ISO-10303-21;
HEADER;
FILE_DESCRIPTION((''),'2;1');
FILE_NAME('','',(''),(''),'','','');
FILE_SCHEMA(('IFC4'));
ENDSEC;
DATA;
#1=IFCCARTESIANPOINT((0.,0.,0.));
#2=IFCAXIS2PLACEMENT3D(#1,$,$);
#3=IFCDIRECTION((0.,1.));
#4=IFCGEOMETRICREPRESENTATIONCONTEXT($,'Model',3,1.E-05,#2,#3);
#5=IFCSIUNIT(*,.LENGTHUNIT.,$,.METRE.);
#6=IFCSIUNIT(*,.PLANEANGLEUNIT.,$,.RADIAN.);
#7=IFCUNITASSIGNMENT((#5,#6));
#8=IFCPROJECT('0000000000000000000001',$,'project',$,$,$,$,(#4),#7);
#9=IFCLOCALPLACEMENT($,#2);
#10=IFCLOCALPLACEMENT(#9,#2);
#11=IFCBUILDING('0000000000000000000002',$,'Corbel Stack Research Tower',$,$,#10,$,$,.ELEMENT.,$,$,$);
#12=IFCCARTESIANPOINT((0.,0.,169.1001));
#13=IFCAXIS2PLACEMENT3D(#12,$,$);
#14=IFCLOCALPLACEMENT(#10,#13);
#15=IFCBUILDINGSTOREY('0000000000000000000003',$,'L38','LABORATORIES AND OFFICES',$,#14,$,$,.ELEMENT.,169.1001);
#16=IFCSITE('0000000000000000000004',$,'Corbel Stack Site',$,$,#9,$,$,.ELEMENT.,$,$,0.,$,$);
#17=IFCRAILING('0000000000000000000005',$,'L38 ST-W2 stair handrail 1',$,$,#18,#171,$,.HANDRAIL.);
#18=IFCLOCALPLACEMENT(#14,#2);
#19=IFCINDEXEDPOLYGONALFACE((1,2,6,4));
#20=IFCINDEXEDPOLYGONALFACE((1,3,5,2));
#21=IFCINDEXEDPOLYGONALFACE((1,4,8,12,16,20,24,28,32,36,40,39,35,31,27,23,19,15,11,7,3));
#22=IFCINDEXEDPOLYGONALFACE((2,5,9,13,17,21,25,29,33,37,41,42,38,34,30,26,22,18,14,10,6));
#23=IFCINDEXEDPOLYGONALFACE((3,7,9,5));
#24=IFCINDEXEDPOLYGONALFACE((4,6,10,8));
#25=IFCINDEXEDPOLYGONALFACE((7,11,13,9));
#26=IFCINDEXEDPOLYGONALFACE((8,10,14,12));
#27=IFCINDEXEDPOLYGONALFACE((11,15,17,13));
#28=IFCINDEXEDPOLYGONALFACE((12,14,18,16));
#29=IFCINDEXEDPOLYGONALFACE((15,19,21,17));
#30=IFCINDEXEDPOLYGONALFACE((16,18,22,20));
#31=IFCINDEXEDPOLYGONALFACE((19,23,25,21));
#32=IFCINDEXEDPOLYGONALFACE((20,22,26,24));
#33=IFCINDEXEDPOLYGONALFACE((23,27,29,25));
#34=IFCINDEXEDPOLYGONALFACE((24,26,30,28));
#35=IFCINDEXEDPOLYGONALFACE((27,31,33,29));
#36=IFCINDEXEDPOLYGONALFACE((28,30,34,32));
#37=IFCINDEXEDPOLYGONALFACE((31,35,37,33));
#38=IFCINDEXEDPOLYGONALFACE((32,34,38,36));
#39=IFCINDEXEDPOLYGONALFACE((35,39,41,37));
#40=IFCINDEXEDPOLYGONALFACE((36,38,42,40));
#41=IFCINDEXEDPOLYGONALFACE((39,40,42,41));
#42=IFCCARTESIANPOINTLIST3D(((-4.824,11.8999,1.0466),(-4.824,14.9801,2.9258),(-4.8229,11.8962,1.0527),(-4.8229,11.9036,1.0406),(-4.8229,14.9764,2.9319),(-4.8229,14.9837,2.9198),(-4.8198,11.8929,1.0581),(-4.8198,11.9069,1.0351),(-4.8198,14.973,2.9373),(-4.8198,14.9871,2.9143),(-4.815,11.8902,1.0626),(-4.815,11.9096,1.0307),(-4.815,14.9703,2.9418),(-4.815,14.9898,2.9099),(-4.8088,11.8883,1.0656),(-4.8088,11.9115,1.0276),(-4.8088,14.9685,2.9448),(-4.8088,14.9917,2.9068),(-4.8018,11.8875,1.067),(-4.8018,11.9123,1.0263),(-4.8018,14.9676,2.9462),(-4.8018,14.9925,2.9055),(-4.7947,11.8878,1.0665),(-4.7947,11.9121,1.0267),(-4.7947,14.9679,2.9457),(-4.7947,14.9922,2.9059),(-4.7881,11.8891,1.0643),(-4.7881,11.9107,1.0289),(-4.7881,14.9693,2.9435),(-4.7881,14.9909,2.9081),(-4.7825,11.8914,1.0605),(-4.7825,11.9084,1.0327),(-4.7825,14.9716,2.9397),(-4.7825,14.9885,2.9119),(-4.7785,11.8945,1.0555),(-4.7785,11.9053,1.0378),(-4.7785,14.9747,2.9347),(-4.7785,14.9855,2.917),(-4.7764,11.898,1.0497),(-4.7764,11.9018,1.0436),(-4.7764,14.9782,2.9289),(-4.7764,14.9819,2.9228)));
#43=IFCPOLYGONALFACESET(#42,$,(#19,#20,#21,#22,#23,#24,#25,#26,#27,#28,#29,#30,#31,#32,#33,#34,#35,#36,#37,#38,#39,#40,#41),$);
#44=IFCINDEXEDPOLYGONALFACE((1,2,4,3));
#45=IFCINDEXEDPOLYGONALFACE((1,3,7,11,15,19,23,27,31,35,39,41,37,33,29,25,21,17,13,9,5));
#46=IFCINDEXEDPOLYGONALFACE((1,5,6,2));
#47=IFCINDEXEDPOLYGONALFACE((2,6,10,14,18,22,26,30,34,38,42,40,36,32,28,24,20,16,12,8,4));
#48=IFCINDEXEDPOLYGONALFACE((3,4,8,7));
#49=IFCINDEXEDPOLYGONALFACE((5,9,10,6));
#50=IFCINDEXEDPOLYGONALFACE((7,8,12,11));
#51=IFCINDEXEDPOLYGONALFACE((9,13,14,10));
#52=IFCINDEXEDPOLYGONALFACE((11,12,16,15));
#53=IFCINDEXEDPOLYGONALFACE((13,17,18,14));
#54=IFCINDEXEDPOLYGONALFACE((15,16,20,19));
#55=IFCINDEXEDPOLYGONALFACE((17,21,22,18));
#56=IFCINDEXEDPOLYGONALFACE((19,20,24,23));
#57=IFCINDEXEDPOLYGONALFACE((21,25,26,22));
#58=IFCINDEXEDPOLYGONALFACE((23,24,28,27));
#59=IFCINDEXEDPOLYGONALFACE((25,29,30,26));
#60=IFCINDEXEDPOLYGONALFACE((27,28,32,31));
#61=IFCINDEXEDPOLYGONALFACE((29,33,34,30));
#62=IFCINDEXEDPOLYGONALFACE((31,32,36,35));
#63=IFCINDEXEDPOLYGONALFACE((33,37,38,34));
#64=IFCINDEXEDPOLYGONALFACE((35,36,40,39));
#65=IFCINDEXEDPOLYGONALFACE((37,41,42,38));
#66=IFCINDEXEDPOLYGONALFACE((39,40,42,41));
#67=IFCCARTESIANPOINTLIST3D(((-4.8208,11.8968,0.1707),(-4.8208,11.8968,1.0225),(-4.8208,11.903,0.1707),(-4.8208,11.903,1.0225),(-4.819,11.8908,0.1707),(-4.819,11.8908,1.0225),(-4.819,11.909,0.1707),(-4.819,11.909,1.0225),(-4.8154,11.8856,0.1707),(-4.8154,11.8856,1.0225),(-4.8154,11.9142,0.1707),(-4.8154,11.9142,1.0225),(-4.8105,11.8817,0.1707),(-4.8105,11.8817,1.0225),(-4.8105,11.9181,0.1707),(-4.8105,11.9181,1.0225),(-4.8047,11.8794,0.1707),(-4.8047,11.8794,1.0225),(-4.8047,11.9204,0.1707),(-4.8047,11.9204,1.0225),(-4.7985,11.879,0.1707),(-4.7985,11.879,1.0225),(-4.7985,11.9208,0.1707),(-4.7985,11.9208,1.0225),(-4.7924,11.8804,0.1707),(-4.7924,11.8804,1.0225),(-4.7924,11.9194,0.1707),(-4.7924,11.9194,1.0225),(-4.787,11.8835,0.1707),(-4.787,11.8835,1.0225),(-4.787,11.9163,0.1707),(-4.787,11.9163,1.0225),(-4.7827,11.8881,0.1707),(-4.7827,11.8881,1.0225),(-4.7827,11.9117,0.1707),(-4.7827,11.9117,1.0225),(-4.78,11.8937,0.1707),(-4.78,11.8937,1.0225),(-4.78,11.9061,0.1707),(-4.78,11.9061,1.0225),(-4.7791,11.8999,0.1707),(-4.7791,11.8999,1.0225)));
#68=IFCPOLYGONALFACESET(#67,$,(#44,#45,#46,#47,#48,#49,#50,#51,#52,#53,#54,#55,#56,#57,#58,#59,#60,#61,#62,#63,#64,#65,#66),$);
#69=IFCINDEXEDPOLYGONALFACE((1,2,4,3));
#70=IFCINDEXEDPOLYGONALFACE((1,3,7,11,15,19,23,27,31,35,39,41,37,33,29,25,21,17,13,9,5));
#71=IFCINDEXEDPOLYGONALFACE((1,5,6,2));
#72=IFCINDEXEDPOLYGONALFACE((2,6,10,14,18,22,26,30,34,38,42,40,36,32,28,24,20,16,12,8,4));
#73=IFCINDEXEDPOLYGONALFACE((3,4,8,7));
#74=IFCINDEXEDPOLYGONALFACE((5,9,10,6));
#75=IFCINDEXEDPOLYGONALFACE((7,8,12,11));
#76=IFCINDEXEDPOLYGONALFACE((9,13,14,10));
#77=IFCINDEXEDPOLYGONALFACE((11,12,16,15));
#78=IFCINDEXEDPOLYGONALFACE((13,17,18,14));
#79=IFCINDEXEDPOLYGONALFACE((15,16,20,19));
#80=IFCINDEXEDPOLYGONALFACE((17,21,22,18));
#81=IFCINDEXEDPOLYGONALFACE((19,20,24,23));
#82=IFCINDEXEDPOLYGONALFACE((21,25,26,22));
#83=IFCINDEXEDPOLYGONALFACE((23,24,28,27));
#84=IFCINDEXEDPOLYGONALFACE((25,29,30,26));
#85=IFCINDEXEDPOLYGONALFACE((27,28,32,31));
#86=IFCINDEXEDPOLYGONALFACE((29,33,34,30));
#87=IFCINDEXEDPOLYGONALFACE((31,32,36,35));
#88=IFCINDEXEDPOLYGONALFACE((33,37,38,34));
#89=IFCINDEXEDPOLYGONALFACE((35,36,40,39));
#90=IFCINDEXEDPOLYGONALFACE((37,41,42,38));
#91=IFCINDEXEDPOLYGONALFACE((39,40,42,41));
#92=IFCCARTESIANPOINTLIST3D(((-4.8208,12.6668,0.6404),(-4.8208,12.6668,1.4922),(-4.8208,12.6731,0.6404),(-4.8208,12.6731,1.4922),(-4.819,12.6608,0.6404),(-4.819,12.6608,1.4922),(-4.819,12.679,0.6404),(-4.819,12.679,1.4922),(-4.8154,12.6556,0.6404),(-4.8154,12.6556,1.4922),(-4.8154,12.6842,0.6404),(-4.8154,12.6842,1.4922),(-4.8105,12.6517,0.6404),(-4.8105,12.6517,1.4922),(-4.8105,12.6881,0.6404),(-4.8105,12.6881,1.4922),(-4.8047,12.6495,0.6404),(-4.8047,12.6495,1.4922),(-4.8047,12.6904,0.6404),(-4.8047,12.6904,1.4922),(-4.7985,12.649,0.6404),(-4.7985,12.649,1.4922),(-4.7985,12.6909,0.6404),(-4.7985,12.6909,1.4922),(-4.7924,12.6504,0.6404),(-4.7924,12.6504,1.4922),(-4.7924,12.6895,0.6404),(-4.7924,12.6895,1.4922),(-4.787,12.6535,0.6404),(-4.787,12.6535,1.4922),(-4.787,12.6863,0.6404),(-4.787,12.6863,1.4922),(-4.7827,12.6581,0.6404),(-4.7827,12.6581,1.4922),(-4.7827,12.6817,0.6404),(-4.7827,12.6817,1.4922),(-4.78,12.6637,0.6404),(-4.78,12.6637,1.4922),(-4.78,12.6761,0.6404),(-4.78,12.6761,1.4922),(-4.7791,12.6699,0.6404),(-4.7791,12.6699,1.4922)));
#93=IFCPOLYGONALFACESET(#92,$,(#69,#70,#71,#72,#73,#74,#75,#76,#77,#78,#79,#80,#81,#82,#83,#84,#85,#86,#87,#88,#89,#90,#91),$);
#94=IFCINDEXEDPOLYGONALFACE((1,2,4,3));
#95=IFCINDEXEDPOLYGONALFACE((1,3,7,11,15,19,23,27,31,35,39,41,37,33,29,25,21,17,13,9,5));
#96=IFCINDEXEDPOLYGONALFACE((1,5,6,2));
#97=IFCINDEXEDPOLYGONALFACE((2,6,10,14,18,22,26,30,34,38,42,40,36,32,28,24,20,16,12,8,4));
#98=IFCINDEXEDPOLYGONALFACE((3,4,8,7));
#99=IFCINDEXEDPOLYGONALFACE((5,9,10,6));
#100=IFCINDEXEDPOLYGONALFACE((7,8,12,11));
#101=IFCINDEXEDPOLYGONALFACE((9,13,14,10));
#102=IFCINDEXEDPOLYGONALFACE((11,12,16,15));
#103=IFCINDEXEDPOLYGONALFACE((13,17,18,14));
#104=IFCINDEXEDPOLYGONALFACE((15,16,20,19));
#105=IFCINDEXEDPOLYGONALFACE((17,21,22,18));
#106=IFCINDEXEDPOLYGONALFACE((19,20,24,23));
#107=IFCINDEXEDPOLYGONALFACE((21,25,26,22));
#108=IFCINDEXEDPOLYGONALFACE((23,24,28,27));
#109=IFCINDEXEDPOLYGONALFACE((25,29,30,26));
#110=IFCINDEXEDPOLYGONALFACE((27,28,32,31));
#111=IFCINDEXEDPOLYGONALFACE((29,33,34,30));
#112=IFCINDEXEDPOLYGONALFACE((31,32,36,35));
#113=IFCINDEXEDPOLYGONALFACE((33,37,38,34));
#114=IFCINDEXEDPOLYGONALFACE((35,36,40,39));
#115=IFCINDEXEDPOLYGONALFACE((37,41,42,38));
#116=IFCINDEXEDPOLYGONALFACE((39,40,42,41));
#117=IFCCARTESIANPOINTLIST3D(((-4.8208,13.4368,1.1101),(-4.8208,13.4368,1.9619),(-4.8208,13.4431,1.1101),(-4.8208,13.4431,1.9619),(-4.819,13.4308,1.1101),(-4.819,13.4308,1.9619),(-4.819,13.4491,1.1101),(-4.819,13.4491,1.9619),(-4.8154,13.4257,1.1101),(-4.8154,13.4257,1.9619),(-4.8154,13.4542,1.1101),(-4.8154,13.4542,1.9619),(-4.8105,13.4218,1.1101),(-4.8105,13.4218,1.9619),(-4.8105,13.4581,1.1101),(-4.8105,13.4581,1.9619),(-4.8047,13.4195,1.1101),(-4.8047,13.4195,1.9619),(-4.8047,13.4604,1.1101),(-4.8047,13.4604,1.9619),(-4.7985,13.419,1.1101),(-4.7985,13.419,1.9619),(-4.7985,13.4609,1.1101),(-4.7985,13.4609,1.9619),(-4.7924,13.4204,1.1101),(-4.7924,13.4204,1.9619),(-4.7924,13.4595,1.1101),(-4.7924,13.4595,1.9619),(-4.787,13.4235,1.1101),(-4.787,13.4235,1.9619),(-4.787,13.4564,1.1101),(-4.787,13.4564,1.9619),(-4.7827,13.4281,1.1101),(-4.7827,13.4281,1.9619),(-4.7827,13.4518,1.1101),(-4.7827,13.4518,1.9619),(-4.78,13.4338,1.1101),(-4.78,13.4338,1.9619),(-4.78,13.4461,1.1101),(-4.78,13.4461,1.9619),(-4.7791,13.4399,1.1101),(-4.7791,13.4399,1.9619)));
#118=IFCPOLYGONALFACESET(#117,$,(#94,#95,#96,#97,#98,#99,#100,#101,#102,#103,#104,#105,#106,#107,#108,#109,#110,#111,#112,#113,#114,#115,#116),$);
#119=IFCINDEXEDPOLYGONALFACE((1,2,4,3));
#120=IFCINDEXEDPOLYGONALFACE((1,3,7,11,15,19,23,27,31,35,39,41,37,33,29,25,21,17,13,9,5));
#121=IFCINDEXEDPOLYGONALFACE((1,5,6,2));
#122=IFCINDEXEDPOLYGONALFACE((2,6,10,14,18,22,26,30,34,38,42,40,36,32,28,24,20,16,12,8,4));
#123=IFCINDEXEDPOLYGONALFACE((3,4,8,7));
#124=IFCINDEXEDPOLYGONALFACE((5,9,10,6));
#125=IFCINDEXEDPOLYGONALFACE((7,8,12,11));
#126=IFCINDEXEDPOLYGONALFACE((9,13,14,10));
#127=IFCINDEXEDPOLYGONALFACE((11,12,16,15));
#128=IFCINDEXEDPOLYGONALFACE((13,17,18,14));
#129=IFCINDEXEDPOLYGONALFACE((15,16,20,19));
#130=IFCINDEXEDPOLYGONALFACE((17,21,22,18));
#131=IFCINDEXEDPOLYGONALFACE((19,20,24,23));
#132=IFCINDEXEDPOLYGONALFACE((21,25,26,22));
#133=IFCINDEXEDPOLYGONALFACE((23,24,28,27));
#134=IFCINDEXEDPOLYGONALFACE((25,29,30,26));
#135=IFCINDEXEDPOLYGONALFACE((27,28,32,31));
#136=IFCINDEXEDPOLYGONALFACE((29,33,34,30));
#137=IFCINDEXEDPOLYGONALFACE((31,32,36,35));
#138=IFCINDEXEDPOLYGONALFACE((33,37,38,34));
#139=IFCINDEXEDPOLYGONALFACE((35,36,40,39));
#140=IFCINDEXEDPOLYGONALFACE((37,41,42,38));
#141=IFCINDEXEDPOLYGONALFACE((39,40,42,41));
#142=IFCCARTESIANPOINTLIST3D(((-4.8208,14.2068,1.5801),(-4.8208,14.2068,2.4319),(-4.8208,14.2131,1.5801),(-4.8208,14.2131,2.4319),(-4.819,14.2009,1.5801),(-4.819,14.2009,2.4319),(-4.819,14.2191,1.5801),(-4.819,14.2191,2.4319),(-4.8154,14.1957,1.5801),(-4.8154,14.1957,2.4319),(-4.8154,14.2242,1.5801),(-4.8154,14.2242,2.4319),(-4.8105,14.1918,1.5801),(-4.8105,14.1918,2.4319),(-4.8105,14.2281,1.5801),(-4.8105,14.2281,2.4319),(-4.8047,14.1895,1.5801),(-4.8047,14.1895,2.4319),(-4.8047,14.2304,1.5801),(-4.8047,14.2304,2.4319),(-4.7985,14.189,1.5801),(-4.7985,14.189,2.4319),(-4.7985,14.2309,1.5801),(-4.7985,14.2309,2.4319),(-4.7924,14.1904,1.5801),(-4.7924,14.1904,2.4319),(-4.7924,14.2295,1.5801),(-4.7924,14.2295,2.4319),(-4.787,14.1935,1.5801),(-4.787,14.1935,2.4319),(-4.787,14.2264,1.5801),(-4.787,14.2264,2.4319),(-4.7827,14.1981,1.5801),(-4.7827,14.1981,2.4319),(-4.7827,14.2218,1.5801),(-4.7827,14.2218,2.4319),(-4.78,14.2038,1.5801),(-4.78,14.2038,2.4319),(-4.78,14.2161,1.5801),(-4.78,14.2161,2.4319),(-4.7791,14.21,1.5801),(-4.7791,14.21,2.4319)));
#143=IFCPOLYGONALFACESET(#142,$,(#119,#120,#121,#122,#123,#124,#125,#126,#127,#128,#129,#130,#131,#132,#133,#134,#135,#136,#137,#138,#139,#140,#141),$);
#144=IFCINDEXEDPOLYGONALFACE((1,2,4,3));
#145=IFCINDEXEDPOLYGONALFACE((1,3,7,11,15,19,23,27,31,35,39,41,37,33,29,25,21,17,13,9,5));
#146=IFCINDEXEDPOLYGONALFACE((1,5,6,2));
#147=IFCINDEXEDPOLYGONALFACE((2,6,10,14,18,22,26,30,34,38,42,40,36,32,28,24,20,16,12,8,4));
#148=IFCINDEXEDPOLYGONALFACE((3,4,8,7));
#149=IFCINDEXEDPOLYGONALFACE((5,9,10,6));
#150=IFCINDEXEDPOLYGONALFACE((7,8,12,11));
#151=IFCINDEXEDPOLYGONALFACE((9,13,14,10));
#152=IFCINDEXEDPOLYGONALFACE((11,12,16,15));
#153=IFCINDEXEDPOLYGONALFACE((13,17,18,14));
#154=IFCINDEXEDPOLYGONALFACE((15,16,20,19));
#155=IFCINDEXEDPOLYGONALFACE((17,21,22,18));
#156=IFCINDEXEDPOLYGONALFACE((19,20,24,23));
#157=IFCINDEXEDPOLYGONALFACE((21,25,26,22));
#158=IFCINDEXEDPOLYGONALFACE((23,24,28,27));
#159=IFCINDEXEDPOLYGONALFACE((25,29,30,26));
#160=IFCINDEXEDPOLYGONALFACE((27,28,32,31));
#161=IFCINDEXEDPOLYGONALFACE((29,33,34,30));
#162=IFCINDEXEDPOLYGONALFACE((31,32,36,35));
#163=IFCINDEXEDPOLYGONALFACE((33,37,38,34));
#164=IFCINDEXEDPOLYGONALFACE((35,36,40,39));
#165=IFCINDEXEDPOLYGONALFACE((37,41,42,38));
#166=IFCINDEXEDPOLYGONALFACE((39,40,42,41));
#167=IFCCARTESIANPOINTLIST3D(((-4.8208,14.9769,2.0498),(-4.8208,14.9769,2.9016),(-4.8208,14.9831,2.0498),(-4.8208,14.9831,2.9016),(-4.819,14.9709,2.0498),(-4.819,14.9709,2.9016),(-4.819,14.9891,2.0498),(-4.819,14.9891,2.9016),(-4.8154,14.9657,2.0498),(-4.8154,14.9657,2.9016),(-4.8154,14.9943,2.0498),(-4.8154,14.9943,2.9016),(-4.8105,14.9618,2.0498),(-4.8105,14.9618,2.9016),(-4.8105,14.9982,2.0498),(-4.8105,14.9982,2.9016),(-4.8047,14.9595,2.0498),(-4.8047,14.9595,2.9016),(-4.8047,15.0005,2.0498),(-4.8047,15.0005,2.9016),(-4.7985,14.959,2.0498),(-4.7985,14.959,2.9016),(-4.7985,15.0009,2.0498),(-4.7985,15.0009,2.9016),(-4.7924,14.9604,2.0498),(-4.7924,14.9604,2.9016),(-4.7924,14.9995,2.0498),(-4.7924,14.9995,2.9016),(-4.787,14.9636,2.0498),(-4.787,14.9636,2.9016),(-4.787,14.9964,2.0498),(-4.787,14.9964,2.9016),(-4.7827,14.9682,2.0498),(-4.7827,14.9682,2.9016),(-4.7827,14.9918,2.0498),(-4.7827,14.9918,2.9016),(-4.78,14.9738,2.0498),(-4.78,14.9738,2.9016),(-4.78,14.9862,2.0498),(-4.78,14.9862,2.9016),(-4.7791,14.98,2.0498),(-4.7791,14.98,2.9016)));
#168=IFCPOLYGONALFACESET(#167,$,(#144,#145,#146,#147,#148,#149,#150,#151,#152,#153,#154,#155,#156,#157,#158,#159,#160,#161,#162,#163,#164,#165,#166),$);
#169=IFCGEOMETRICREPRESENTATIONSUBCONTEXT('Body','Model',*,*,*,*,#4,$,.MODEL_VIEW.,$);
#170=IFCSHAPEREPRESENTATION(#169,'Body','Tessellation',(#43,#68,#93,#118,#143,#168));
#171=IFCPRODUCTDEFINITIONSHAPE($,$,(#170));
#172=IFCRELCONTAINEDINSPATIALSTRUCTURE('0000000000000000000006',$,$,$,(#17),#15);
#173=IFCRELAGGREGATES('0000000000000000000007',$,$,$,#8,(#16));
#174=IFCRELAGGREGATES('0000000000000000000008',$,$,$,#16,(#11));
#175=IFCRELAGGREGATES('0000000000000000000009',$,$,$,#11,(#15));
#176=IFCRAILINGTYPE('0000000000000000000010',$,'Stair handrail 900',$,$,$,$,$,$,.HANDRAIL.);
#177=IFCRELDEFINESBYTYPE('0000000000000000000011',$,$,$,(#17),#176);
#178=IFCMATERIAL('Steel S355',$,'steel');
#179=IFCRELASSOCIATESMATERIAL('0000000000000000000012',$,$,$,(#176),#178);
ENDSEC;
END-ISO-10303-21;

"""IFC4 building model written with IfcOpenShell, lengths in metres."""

from ifc_helpers import new_model, si_unit, direction, frame, origin, origin_2d, place, context, subcontext, project, spatial, circle, extrude, material, type_object, element, save


model = new_model("IFC4")

# Units and contexts
model_context = context("Model", 3, precision=1e-05, world=origin(), true_north=direction((0.0, 1.0)))
body_context = subcontext(model_context, "Body", "Model", "MODEL_VIEW")
ifc_project = project(units=[si_unit("LENGTHUNIT", "METRE"), si_unit("PLANEANGLEUNIT", "RADIAN")], contexts=[model_context])

# Site, building, storey
site_placement = place(None, origin())
site = spatial("IfcSite", under=ifc_project, at=site_placement, Name="Corbel Stack Site", CompositionType="ELEMENT", RefElevation=0.0)
building_placement = place(site_placement, origin())
building = spatial("IfcBuilding", under=site, at=building_placement, Name="Corbel Stack Research Tower", CompositionType="ELEMENT")
storey_placement = place(building_placement, frame((0.0, 0.0, 169.1001)))
storey = spatial("IfcBuildingStorey", under=building, at=storey_placement, Name="L38", Description="LABORATORIES AND OFFICES", CompositionType="ELEMENT", Elevation=169.1001)

# Railing
ifc_material_1 = material(Name="Steel S355", Category="steel")
railing_type_1 = type_object("IfcRailingType", Name="Stair handrail 900", PredefinedType="HANDRAIL", material=ifc_material_1)
railing_1_placement = place(storey_placement, frame((-4.8, 11.8999, 0.1707)))
element("IfcRailing", 1, at=railing_1_placement, inside=storey, type_object=railing_type_1, Name="L38 ST-W2 stair handrail 1", PredefinedType="HANDRAIL", context=body_context, shape_type="SweptSolid", body=[
    extrude(circle(Radius=0.0239, at=origin_2d()), frame((0.0, 0.0, 0.876), z_axis=(0.0, 0.853666, 0.52082), x_axis=(-1.0, 0.0, 0.0)), (0.0, 0.0, 1.0), 3.6082),
    extrude(circle(Radius=0.021, at=origin_2d()), origin(), (0.0, 0.0, 1.0), 0.8518),
    extrude(circle(Radius=0.021, at=origin_2d()), frame((0.0, 0.77, 0.4697)), (0.0, 0.0, 1.0), 0.8518),
    extrude(circle(Radius=0.021, at=origin_2d()), frame((0.0, 1.54, 0.9395)), (0.0, 0.0, 1.0), 0.8518),
    extrude(circle(Radius=0.021, at=origin_2d()), frame((0.0, 2.3101, 1.4094)), (0.0, 0.0, 1.0), 0.8518),
    extrude(circle(Radius=0.021, at=origin_2d()), frame((0.0, 3.0801, 1.8792)), (0.0, 0.0, 1.0), 0.8518),
])

save(model, "model.ifc")
